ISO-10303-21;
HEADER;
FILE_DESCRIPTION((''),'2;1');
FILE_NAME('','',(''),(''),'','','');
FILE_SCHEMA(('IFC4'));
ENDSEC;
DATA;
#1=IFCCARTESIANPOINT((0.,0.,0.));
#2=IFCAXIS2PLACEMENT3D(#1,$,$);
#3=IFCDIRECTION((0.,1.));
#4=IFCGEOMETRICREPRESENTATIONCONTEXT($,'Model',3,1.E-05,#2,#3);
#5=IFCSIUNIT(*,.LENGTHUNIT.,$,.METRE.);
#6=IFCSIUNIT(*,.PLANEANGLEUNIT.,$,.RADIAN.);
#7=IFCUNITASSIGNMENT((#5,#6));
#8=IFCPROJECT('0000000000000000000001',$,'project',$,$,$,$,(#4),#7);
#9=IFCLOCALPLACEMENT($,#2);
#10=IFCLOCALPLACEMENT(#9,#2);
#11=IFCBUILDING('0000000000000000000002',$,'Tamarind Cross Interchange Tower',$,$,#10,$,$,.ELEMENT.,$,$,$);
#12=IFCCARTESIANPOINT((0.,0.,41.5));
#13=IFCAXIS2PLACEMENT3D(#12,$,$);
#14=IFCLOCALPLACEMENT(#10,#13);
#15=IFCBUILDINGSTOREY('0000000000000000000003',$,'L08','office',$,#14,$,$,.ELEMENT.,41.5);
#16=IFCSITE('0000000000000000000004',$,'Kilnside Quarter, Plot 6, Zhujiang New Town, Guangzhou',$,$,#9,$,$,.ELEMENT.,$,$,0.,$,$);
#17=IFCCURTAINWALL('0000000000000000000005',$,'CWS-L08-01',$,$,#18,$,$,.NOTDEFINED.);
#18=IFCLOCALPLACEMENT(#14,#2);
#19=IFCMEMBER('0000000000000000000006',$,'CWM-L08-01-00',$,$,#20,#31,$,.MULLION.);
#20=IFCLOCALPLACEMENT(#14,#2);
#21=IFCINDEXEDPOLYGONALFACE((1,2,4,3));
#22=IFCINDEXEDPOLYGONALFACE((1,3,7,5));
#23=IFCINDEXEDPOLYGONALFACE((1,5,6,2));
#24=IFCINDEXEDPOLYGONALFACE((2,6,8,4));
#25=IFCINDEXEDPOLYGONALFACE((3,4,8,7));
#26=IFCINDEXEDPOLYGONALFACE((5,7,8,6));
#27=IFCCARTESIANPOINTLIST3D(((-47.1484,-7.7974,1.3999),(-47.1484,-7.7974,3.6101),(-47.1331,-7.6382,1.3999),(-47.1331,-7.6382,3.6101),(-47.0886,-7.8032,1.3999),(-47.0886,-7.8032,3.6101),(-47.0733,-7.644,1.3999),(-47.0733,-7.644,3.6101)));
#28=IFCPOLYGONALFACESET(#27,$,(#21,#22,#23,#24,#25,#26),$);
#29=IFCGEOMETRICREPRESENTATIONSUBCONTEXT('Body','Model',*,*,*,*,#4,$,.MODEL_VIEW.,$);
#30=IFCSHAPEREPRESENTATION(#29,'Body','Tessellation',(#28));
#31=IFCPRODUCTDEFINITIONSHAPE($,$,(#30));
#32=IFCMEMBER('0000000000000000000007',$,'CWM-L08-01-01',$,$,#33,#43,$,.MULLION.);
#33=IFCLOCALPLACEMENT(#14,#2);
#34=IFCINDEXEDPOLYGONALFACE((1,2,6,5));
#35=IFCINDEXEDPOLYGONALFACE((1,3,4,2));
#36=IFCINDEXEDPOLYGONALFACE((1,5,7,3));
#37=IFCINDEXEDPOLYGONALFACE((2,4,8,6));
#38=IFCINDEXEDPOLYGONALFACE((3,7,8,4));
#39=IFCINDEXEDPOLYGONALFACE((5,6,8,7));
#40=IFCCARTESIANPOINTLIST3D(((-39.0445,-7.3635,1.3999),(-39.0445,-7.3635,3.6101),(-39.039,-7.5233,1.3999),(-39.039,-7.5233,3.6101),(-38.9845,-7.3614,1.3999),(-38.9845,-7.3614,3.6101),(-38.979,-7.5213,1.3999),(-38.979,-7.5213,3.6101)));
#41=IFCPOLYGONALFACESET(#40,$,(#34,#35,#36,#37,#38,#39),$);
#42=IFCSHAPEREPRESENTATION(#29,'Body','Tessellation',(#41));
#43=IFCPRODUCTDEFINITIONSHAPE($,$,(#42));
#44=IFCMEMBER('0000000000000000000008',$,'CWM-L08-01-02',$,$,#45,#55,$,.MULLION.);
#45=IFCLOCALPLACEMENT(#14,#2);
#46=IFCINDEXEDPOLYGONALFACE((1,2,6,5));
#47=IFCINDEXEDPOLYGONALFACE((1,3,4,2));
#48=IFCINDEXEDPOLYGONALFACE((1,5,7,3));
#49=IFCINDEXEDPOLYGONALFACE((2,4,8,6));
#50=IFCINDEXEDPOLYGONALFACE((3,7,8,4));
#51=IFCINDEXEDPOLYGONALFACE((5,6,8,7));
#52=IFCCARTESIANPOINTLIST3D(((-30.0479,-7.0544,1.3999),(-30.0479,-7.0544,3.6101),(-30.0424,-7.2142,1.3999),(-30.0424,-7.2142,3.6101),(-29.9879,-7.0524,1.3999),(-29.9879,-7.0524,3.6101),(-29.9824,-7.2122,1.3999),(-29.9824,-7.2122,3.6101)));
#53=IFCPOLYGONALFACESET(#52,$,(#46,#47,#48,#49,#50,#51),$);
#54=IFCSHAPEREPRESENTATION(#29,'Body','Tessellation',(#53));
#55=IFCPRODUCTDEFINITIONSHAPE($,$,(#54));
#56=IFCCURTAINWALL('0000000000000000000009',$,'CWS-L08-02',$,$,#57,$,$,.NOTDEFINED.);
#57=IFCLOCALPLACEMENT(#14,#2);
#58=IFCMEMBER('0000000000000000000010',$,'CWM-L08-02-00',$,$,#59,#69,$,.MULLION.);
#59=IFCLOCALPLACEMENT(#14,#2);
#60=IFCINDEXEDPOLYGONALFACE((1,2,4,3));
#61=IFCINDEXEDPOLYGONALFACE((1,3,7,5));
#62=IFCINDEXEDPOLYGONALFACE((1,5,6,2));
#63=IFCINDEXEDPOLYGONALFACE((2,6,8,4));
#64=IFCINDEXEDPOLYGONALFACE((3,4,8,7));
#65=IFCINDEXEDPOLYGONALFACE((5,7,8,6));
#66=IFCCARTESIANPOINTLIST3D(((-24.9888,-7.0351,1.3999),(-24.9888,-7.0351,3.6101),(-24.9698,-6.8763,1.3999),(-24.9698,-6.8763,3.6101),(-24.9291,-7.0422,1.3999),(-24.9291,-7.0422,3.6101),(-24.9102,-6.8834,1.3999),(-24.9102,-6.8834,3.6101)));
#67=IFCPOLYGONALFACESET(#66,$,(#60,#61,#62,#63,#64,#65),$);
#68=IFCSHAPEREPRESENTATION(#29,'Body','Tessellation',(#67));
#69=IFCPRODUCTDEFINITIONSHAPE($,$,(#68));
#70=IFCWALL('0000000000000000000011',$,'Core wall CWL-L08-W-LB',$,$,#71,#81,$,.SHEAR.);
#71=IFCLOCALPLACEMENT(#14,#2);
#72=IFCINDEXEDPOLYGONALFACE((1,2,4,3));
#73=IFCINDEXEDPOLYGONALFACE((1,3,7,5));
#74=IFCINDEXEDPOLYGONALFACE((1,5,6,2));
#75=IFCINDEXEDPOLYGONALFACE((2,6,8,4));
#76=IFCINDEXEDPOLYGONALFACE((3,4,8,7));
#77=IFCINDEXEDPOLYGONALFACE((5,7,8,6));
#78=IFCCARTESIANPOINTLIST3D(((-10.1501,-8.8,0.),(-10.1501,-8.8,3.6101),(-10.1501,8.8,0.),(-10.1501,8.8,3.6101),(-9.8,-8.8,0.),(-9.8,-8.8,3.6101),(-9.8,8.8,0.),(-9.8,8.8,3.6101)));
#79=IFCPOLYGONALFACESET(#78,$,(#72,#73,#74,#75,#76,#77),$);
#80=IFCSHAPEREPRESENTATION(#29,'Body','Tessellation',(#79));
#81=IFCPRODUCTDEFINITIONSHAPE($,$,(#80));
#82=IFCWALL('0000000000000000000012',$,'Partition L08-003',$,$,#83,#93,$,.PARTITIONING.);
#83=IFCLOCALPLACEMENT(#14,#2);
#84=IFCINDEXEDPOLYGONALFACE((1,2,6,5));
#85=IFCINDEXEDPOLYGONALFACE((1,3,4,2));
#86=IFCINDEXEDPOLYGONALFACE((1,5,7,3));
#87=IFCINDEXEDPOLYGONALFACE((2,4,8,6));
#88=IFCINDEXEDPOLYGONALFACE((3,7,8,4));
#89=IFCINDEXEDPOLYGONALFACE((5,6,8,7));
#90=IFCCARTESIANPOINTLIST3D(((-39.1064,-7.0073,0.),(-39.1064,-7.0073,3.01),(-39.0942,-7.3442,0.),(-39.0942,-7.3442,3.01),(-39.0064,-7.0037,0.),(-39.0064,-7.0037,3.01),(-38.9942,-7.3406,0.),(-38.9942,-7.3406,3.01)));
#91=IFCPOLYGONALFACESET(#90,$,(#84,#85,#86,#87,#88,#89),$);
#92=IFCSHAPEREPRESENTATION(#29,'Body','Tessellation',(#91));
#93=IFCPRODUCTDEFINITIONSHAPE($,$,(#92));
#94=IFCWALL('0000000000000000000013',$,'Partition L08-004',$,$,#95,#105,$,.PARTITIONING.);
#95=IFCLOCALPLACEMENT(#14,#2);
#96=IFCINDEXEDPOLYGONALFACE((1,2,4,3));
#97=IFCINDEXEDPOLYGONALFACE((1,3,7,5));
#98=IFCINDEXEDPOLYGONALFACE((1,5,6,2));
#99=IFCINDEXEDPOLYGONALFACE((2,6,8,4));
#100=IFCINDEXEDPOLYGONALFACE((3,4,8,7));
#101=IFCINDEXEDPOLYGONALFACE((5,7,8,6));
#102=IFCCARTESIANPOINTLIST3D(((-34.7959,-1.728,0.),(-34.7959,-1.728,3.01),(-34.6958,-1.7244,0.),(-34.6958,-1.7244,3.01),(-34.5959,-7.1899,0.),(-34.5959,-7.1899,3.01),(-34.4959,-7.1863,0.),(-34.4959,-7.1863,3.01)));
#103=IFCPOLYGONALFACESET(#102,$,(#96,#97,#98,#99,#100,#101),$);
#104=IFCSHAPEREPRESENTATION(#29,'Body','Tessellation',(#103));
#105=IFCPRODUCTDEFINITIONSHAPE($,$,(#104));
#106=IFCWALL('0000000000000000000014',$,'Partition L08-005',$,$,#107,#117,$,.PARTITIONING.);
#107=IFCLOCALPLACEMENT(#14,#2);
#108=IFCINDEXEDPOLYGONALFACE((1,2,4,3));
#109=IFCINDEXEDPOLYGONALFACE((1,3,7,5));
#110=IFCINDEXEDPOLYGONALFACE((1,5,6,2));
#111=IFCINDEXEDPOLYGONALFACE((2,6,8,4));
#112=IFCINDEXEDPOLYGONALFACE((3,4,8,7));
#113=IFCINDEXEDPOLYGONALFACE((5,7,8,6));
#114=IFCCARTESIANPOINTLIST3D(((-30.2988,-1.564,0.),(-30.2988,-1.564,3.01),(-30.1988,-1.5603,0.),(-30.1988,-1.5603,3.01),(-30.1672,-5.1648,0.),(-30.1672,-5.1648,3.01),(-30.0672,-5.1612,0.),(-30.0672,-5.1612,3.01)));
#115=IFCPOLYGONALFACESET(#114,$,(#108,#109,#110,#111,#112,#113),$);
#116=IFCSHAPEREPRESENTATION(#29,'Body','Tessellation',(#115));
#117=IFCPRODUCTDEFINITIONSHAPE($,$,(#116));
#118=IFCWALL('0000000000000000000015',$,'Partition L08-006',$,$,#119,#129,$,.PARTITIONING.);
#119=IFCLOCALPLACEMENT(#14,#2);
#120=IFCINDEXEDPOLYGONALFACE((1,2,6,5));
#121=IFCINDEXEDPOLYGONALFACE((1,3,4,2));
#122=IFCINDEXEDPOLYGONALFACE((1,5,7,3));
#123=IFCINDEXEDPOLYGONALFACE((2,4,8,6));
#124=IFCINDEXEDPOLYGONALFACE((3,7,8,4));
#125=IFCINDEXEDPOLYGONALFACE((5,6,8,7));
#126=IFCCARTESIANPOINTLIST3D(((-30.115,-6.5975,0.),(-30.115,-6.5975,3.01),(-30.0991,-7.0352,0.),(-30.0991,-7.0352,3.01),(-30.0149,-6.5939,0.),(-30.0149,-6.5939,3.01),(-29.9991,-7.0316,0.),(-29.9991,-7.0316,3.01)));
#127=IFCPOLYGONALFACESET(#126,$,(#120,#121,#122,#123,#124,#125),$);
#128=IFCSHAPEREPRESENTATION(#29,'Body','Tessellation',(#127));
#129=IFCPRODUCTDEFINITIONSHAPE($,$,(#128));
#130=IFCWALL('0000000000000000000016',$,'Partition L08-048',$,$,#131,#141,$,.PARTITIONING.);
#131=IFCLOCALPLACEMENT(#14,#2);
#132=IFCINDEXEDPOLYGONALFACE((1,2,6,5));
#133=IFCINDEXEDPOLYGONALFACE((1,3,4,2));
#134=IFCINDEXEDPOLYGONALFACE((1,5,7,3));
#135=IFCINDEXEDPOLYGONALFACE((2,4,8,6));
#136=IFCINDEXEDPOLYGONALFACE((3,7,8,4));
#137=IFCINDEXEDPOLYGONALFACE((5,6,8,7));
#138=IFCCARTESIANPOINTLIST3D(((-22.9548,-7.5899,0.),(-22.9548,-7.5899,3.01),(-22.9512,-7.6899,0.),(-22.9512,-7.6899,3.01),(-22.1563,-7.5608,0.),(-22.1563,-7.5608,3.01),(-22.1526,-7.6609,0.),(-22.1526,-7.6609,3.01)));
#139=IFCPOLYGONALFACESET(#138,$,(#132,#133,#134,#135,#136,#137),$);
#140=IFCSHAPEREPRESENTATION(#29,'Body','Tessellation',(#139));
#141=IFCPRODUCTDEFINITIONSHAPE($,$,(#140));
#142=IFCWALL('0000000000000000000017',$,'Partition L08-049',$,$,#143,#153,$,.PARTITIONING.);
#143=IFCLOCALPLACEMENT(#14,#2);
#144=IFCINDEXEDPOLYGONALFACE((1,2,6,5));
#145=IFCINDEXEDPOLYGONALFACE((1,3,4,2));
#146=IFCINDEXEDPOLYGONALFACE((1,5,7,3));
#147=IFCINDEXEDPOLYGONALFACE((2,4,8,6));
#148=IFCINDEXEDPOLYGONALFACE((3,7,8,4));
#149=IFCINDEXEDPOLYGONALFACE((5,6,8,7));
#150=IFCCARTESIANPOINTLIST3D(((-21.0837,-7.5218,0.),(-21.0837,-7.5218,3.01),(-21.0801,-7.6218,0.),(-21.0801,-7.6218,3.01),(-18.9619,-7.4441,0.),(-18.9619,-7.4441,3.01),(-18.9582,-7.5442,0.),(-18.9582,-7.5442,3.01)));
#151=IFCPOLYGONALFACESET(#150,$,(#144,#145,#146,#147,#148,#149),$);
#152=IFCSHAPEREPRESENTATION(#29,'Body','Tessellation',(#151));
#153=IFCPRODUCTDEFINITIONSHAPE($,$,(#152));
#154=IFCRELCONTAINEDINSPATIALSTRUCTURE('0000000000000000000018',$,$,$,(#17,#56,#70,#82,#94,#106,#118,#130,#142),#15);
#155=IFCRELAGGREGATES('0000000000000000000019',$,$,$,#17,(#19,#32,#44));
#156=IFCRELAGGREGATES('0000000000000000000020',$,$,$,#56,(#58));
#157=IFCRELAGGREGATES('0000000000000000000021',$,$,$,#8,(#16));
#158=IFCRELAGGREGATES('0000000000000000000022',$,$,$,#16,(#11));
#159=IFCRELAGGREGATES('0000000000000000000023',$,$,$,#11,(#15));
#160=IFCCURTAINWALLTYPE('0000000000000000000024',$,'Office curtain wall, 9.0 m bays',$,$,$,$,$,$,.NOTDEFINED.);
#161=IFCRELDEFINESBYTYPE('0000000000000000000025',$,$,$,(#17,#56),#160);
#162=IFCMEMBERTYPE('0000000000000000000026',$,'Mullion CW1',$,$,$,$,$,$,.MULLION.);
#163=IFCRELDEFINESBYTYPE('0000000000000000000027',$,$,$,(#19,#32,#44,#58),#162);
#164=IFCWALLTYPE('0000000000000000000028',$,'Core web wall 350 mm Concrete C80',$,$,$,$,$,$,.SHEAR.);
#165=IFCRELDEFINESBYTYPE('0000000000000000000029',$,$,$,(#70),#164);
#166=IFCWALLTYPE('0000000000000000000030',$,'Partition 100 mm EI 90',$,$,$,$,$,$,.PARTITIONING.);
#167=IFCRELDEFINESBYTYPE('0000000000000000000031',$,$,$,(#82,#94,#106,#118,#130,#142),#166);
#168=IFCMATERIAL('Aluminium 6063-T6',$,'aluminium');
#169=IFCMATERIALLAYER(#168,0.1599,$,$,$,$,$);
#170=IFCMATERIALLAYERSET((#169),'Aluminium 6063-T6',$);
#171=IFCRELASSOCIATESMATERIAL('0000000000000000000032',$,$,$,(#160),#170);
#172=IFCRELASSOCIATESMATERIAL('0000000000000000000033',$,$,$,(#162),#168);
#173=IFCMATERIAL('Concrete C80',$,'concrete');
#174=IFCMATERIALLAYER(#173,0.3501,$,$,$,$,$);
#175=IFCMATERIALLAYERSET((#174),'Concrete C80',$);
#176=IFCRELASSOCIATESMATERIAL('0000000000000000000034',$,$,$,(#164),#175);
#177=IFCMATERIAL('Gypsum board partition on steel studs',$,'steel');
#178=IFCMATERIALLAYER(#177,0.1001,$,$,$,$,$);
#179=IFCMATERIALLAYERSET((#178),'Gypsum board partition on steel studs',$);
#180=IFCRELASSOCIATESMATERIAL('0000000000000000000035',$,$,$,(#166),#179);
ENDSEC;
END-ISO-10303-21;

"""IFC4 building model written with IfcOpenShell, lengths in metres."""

from ifc_helpers import new_model, si_unit, direction, frame, frame_2d, origin, origin_2d, place, context, subcontext, project, spatial, rectangle, extrude, material, layer, layer_set, material_profile, profile_set, type_object, element, aggregate, save


model = new_model("IFC4")

# Units and contexts
model_context = context("Model", 3, precision=1e-05, world=origin(), true_north=direction((0.0, 1.0)))
body_context = subcontext(model_context, "Body", "Model", "MODEL_VIEW")
ifc_project = project(units=[si_unit("LENGTHUNIT", "METRE"), si_unit("PLANEANGLEUNIT", "RADIAN")], contexts=[model_context])

# Site, building, storey
site_placement = place(None, origin())
site = spatial("IfcSite", under=ifc_project, at=site_placement, Name="Kilnside Quarter, Plot 6, Zhujiang New Town, Guangzhou", CompositionType="ELEMENT", RefElevation=0.0)
building_placement = place(site_placement, origin())
building = spatial("IfcBuilding", under=site, at=building_placement, Name="Tamarind Cross Interchange Tower", CompositionType="ELEMENT")
storey_placement = place(building_placement, frame((0.0, 0.0, 41.5)))
storey = spatial("IfcBuildingStorey", under=building, at=storey_placement, Name="L08", Description="office", CompositionType="ELEMENT", Elevation=41.5)

# Curtain wall, members
ifc_material_1 = material(Name="Aluminium 6063-T6", Category="aluminium")
ifc_layer_1 = layer(ifc_material_1, 0.1599)
ifc_layer_set_1 = layer_set([ifc_layer_1], Name="Aluminium 6063-T6")
curtain_wall_type = type_object("IfcCurtainWallType", Name="Office curtain wall, 9.0 m bays", PredefinedType="NOTDEFINED", material=ifc_layer_set_1)
curtain_wall_1_placement = place(storey_placement, origin())
curtain_wall_1 = element("IfcCurtainWall", 1, at=curtain_wall_1_placement, inside=storey, type_object=curtain_wall_type, Name="CWS-L08-01", PredefinedType="NOTDEFINED")
ifc_material_profile_1 = material_profile(ifc_material_1, rectangle(XDim=0.0601, YDim=0.1599, at=origin_2d()), Name="Mullion CW1")
ifc_profile_set_1 = profile_set([ifc_material_profile_1], Name="Aluminium 6063-T6")
member_type = type_object("IfcMemberType", Name="Mullion CW1", PredefinedType="MULLION", material=ifc_profile_set_1)
member_1_placement = place(storey_placement, frame((-47.1108, -7.7207, 1.3999), z_axis=(0.0, 0.0, 1.0), x_axis=(0.995444, -0.095345, 0.0)))
member_1 = element("IfcMember", 2, at=member_1_placement, type_object=member_type, Name="CWM-L08-01-00", PredefinedType="MULLION", context=body_context, shape_type="SweptSolid", body=[
    extrude(rectangle(XDim=0.0601, YDim=0.1599, at=origin_2d()), origin(), (0.0, 0.0, 1.0), 2.2102),
])
member_2_placement = place(storey_placement, frame((-39.0117, -7.4424, 1.3999), z_axis=(0.0, 0.0, 1.0), x_axis=(0.99941, 0.034343, 0.0)))
member_2 = element("IfcMember", 3, at=member_2_placement, type_object=member_type, Name="CWM-L08-01-01", PredefinedType="MULLION", context=body_context, shape_type="SweptSolid", body=[
    extrude(rectangle(XDim=0.0601, YDim=0.1599, at=origin_2d()), origin(), (0.0, 0.0, 1.0), 2.2102),
])
member_3_placement = place(storey_placement, frame((-30.0151, -7.1333, 1.3999), z_axis=(0.0, 0.0, 1.0), x_axis=(0.99941, 0.034343, 0.0)))
member_3 = element("IfcMember", 4, at=member_3_placement, type_object=member_type, Name="CWM-L08-01-02", PredefinedType="MULLION", context=body_context, shape_type="SweptSolid", body=[
    extrude(rectangle(XDim=0.0601, YDim=0.1599, at=origin_2d()), origin(), (0.0, 0.0, 1.0), 2.2102),
])
aggregate(curtain_wall_1, [member_1, member_2, member_3])

# Curtain wall, member
curtain_wall_2_placement = place(storey_placement, origin())
curtain_wall_2 = element("IfcCurtainWall", 5, at=curtain_wall_2_placement, inside=storey, type_object=curtain_wall_type, Name="CWS-L08-02", PredefinedType="NOTDEFINED")
member_4_placement = place(storey_placement, frame((-24.9495, -6.9592, 1.3999), z_axis=(0.0, 0.0, 1.0), x_axis=(0.992928, -0.118714, 0.0)))
member_4 = element("IfcMember", 6, at=member_4_placement, type_object=member_type, Name="CWM-L08-02-00", PredefinedType="MULLION", context=body_context, shape_type="SweptSolid", body=[
    extrude(rectangle(XDim=0.0601, YDim=0.1599, at=origin_2d()), origin(), (0.0, 0.0, 1.0), 2.2102),
])
aggregate(curtain_wall_2, [member_4])

# Walls
ifc_material_2 = material(Name="Concrete C80", Category="concrete")
ifc_layer_2 = layer(ifc_material_2, 0.3501)
ifc_layer_set_2 = layer_set([ifc_layer_2], Name="Concrete C80")
wall_type_1 = type_object("IfcWallType", Name="Core web wall 350 mm Concrete C80", PredefinedType="SHEAR", material=ifc_layer_set_2)
wall_1_placement = place(storey_placement, frame((-9.9751, -8.8, 0.0), z_axis=(0.0, 0.0, 1.0), x_axis=(0.0, 1.0, 0.0)))
element("IfcWall", 7, at=wall_1_placement, inside=storey, type_object=wall_type_1, Name="Core wall CWL-L08-W-LB", PredefinedType="SHEAR", context=body_context, shape_type="SweptSolid", body=[
    extrude(rectangle(XDim=17.6001, YDim=0.3501, at=frame_2d((8.8, 0.0))), origin(), (0.0, 0.0, 1.0), 3.6101),
])
ifc_material_3 = material(Name="Gypsum board partition on steel studs", Category="steel")
ifc_layer_3 = layer(ifc_material_3, 0.1001)
ifc_layer_set_3 = layer_set([ifc_layer_3], Name="Gypsum board partition on steel studs")
wall_type_2 = type_object("IfcWallType", Name="Partition 100 mm EI 90", PredefinedType="PARTITIONING", material=ifc_layer_set_3)
wall_2_placement = place(storey_placement, frame((-39.0564, -7.0056, 0.0), z_axis=(0.0, 0.0, 1.0), x_axis=(0.036208, -0.999344, 0.0)))
element("IfcWall", 8, at=wall_2_placement, inside=storey, type_object=wall_type_2, Name="Partition L08-003", PredefinedType="PARTITIONING", context=body_context, shape_type="SweptSolid", body=[
    extrude(rectangle(XDim=0.3372, YDim=0.1001, at=frame_2d((0.1685, 0.0))), origin(), (0.0, 0.0, 1.0), 3.01),
])
wall_3_placement = place(storey_placement, frame((-34.7458, -1.7261, 0.0), z_axis=(0.0, 0.0, 1.0), x_axis=(0.036584, -0.999331, 0.0)))
element("IfcWall", 9, at=wall_3_placement, inside=storey, type_object=wall_type_2, Name="Partition L08-004", PredefinedType="PARTITIONING", context=body_context, shape_type="SweptSolid", body=[
    extrude(rectangle(XDim=5.4656, YDim=0.1001, at=frame_2d((2.7329, 0.0))), origin(), (0.0, 0.0, 1.0), 3.01),
])
wall_4_placement = place(storey_placement, frame((-30.2488, -1.562, 0.0), z_axis=(0.0, 0.0, 1.0), x_axis=(0.03652, -0.999333, 0.0)))
element("IfcWall", 10, at=wall_4_placement, inside=storey, type_object=wall_type_2, Name="Partition L08-005", PredefinedType="PARTITIONING", context=body_context, shape_type="SweptSolid", body=[
    extrude(rectangle(XDim=3.6033, YDim=0.1001, at=frame_2d((1.8018, 0.0))), origin(), (0.0, 0.0, 1.0), 3.01),
])
wall_5_placement = place(storey_placement, frame((-30.0649, -6.5957, 0.0), z_axis=(0.0, 0.0, 1.0), x_axis=(0.036228, -0.999344, 0.0)))
element("IfcWall", 11, at=wall_5_placement, inside=storey, type_object=wall_type_2, Name="Partition L08-006", PredefinedType="PARTITIONING", context=body_context, shape_type="SweptSolid", body=[
    extrude(rectangle(XDim=0.438, YDim=0.1001, at=frame_2d((0.219, 0.0))), origin(), (0.0, 0.0, 1.0), 3.01),
])
wall_6_placement = place(storey_placement, frame((-22.9529, -7.6399, 0.0), z_axis=(0.0, 0.0, 1.0), x_axis=(0.999339, 0.036356, 0.0)))
element("IfcWall", 12, at=wall_6_placement, inside=storey, type_object=wall_type_2, Name="Partition L08-048", PredefinedType="PARTITIONING", context=body_context, shape_type="SweptSolid", body=[
    extrude(rectangle(XDim=0.7991, YDim=0.1001, at=frame_2d((0.3994, 0.0))), origin(), (0.0, 0.0, 1.0), 3.01),
])
wall_7_placement = place(storey_placement, frame((-21.0818, -7.5718, 0.0), z_axis=(0.0, 0.0, 1.0), x_axis=(0.999331, 0.036565, 0.0)))
element("IfcWall", 13, at=wall_7_placement, inside=storey, type_object=wall_type_2, Name="Partition L08-049", PredefinedType="PARTITIONING", context=body_context, shape_type="SweptSolid", body=[
    extrude(rectangle(XDim=2.1233, YDim=0.1001, at=frame_2d((1.0615, 0.0))), origin(), (0.0, 0.0, 1.0), 3.01),
])

save(model, "model.ifc")
